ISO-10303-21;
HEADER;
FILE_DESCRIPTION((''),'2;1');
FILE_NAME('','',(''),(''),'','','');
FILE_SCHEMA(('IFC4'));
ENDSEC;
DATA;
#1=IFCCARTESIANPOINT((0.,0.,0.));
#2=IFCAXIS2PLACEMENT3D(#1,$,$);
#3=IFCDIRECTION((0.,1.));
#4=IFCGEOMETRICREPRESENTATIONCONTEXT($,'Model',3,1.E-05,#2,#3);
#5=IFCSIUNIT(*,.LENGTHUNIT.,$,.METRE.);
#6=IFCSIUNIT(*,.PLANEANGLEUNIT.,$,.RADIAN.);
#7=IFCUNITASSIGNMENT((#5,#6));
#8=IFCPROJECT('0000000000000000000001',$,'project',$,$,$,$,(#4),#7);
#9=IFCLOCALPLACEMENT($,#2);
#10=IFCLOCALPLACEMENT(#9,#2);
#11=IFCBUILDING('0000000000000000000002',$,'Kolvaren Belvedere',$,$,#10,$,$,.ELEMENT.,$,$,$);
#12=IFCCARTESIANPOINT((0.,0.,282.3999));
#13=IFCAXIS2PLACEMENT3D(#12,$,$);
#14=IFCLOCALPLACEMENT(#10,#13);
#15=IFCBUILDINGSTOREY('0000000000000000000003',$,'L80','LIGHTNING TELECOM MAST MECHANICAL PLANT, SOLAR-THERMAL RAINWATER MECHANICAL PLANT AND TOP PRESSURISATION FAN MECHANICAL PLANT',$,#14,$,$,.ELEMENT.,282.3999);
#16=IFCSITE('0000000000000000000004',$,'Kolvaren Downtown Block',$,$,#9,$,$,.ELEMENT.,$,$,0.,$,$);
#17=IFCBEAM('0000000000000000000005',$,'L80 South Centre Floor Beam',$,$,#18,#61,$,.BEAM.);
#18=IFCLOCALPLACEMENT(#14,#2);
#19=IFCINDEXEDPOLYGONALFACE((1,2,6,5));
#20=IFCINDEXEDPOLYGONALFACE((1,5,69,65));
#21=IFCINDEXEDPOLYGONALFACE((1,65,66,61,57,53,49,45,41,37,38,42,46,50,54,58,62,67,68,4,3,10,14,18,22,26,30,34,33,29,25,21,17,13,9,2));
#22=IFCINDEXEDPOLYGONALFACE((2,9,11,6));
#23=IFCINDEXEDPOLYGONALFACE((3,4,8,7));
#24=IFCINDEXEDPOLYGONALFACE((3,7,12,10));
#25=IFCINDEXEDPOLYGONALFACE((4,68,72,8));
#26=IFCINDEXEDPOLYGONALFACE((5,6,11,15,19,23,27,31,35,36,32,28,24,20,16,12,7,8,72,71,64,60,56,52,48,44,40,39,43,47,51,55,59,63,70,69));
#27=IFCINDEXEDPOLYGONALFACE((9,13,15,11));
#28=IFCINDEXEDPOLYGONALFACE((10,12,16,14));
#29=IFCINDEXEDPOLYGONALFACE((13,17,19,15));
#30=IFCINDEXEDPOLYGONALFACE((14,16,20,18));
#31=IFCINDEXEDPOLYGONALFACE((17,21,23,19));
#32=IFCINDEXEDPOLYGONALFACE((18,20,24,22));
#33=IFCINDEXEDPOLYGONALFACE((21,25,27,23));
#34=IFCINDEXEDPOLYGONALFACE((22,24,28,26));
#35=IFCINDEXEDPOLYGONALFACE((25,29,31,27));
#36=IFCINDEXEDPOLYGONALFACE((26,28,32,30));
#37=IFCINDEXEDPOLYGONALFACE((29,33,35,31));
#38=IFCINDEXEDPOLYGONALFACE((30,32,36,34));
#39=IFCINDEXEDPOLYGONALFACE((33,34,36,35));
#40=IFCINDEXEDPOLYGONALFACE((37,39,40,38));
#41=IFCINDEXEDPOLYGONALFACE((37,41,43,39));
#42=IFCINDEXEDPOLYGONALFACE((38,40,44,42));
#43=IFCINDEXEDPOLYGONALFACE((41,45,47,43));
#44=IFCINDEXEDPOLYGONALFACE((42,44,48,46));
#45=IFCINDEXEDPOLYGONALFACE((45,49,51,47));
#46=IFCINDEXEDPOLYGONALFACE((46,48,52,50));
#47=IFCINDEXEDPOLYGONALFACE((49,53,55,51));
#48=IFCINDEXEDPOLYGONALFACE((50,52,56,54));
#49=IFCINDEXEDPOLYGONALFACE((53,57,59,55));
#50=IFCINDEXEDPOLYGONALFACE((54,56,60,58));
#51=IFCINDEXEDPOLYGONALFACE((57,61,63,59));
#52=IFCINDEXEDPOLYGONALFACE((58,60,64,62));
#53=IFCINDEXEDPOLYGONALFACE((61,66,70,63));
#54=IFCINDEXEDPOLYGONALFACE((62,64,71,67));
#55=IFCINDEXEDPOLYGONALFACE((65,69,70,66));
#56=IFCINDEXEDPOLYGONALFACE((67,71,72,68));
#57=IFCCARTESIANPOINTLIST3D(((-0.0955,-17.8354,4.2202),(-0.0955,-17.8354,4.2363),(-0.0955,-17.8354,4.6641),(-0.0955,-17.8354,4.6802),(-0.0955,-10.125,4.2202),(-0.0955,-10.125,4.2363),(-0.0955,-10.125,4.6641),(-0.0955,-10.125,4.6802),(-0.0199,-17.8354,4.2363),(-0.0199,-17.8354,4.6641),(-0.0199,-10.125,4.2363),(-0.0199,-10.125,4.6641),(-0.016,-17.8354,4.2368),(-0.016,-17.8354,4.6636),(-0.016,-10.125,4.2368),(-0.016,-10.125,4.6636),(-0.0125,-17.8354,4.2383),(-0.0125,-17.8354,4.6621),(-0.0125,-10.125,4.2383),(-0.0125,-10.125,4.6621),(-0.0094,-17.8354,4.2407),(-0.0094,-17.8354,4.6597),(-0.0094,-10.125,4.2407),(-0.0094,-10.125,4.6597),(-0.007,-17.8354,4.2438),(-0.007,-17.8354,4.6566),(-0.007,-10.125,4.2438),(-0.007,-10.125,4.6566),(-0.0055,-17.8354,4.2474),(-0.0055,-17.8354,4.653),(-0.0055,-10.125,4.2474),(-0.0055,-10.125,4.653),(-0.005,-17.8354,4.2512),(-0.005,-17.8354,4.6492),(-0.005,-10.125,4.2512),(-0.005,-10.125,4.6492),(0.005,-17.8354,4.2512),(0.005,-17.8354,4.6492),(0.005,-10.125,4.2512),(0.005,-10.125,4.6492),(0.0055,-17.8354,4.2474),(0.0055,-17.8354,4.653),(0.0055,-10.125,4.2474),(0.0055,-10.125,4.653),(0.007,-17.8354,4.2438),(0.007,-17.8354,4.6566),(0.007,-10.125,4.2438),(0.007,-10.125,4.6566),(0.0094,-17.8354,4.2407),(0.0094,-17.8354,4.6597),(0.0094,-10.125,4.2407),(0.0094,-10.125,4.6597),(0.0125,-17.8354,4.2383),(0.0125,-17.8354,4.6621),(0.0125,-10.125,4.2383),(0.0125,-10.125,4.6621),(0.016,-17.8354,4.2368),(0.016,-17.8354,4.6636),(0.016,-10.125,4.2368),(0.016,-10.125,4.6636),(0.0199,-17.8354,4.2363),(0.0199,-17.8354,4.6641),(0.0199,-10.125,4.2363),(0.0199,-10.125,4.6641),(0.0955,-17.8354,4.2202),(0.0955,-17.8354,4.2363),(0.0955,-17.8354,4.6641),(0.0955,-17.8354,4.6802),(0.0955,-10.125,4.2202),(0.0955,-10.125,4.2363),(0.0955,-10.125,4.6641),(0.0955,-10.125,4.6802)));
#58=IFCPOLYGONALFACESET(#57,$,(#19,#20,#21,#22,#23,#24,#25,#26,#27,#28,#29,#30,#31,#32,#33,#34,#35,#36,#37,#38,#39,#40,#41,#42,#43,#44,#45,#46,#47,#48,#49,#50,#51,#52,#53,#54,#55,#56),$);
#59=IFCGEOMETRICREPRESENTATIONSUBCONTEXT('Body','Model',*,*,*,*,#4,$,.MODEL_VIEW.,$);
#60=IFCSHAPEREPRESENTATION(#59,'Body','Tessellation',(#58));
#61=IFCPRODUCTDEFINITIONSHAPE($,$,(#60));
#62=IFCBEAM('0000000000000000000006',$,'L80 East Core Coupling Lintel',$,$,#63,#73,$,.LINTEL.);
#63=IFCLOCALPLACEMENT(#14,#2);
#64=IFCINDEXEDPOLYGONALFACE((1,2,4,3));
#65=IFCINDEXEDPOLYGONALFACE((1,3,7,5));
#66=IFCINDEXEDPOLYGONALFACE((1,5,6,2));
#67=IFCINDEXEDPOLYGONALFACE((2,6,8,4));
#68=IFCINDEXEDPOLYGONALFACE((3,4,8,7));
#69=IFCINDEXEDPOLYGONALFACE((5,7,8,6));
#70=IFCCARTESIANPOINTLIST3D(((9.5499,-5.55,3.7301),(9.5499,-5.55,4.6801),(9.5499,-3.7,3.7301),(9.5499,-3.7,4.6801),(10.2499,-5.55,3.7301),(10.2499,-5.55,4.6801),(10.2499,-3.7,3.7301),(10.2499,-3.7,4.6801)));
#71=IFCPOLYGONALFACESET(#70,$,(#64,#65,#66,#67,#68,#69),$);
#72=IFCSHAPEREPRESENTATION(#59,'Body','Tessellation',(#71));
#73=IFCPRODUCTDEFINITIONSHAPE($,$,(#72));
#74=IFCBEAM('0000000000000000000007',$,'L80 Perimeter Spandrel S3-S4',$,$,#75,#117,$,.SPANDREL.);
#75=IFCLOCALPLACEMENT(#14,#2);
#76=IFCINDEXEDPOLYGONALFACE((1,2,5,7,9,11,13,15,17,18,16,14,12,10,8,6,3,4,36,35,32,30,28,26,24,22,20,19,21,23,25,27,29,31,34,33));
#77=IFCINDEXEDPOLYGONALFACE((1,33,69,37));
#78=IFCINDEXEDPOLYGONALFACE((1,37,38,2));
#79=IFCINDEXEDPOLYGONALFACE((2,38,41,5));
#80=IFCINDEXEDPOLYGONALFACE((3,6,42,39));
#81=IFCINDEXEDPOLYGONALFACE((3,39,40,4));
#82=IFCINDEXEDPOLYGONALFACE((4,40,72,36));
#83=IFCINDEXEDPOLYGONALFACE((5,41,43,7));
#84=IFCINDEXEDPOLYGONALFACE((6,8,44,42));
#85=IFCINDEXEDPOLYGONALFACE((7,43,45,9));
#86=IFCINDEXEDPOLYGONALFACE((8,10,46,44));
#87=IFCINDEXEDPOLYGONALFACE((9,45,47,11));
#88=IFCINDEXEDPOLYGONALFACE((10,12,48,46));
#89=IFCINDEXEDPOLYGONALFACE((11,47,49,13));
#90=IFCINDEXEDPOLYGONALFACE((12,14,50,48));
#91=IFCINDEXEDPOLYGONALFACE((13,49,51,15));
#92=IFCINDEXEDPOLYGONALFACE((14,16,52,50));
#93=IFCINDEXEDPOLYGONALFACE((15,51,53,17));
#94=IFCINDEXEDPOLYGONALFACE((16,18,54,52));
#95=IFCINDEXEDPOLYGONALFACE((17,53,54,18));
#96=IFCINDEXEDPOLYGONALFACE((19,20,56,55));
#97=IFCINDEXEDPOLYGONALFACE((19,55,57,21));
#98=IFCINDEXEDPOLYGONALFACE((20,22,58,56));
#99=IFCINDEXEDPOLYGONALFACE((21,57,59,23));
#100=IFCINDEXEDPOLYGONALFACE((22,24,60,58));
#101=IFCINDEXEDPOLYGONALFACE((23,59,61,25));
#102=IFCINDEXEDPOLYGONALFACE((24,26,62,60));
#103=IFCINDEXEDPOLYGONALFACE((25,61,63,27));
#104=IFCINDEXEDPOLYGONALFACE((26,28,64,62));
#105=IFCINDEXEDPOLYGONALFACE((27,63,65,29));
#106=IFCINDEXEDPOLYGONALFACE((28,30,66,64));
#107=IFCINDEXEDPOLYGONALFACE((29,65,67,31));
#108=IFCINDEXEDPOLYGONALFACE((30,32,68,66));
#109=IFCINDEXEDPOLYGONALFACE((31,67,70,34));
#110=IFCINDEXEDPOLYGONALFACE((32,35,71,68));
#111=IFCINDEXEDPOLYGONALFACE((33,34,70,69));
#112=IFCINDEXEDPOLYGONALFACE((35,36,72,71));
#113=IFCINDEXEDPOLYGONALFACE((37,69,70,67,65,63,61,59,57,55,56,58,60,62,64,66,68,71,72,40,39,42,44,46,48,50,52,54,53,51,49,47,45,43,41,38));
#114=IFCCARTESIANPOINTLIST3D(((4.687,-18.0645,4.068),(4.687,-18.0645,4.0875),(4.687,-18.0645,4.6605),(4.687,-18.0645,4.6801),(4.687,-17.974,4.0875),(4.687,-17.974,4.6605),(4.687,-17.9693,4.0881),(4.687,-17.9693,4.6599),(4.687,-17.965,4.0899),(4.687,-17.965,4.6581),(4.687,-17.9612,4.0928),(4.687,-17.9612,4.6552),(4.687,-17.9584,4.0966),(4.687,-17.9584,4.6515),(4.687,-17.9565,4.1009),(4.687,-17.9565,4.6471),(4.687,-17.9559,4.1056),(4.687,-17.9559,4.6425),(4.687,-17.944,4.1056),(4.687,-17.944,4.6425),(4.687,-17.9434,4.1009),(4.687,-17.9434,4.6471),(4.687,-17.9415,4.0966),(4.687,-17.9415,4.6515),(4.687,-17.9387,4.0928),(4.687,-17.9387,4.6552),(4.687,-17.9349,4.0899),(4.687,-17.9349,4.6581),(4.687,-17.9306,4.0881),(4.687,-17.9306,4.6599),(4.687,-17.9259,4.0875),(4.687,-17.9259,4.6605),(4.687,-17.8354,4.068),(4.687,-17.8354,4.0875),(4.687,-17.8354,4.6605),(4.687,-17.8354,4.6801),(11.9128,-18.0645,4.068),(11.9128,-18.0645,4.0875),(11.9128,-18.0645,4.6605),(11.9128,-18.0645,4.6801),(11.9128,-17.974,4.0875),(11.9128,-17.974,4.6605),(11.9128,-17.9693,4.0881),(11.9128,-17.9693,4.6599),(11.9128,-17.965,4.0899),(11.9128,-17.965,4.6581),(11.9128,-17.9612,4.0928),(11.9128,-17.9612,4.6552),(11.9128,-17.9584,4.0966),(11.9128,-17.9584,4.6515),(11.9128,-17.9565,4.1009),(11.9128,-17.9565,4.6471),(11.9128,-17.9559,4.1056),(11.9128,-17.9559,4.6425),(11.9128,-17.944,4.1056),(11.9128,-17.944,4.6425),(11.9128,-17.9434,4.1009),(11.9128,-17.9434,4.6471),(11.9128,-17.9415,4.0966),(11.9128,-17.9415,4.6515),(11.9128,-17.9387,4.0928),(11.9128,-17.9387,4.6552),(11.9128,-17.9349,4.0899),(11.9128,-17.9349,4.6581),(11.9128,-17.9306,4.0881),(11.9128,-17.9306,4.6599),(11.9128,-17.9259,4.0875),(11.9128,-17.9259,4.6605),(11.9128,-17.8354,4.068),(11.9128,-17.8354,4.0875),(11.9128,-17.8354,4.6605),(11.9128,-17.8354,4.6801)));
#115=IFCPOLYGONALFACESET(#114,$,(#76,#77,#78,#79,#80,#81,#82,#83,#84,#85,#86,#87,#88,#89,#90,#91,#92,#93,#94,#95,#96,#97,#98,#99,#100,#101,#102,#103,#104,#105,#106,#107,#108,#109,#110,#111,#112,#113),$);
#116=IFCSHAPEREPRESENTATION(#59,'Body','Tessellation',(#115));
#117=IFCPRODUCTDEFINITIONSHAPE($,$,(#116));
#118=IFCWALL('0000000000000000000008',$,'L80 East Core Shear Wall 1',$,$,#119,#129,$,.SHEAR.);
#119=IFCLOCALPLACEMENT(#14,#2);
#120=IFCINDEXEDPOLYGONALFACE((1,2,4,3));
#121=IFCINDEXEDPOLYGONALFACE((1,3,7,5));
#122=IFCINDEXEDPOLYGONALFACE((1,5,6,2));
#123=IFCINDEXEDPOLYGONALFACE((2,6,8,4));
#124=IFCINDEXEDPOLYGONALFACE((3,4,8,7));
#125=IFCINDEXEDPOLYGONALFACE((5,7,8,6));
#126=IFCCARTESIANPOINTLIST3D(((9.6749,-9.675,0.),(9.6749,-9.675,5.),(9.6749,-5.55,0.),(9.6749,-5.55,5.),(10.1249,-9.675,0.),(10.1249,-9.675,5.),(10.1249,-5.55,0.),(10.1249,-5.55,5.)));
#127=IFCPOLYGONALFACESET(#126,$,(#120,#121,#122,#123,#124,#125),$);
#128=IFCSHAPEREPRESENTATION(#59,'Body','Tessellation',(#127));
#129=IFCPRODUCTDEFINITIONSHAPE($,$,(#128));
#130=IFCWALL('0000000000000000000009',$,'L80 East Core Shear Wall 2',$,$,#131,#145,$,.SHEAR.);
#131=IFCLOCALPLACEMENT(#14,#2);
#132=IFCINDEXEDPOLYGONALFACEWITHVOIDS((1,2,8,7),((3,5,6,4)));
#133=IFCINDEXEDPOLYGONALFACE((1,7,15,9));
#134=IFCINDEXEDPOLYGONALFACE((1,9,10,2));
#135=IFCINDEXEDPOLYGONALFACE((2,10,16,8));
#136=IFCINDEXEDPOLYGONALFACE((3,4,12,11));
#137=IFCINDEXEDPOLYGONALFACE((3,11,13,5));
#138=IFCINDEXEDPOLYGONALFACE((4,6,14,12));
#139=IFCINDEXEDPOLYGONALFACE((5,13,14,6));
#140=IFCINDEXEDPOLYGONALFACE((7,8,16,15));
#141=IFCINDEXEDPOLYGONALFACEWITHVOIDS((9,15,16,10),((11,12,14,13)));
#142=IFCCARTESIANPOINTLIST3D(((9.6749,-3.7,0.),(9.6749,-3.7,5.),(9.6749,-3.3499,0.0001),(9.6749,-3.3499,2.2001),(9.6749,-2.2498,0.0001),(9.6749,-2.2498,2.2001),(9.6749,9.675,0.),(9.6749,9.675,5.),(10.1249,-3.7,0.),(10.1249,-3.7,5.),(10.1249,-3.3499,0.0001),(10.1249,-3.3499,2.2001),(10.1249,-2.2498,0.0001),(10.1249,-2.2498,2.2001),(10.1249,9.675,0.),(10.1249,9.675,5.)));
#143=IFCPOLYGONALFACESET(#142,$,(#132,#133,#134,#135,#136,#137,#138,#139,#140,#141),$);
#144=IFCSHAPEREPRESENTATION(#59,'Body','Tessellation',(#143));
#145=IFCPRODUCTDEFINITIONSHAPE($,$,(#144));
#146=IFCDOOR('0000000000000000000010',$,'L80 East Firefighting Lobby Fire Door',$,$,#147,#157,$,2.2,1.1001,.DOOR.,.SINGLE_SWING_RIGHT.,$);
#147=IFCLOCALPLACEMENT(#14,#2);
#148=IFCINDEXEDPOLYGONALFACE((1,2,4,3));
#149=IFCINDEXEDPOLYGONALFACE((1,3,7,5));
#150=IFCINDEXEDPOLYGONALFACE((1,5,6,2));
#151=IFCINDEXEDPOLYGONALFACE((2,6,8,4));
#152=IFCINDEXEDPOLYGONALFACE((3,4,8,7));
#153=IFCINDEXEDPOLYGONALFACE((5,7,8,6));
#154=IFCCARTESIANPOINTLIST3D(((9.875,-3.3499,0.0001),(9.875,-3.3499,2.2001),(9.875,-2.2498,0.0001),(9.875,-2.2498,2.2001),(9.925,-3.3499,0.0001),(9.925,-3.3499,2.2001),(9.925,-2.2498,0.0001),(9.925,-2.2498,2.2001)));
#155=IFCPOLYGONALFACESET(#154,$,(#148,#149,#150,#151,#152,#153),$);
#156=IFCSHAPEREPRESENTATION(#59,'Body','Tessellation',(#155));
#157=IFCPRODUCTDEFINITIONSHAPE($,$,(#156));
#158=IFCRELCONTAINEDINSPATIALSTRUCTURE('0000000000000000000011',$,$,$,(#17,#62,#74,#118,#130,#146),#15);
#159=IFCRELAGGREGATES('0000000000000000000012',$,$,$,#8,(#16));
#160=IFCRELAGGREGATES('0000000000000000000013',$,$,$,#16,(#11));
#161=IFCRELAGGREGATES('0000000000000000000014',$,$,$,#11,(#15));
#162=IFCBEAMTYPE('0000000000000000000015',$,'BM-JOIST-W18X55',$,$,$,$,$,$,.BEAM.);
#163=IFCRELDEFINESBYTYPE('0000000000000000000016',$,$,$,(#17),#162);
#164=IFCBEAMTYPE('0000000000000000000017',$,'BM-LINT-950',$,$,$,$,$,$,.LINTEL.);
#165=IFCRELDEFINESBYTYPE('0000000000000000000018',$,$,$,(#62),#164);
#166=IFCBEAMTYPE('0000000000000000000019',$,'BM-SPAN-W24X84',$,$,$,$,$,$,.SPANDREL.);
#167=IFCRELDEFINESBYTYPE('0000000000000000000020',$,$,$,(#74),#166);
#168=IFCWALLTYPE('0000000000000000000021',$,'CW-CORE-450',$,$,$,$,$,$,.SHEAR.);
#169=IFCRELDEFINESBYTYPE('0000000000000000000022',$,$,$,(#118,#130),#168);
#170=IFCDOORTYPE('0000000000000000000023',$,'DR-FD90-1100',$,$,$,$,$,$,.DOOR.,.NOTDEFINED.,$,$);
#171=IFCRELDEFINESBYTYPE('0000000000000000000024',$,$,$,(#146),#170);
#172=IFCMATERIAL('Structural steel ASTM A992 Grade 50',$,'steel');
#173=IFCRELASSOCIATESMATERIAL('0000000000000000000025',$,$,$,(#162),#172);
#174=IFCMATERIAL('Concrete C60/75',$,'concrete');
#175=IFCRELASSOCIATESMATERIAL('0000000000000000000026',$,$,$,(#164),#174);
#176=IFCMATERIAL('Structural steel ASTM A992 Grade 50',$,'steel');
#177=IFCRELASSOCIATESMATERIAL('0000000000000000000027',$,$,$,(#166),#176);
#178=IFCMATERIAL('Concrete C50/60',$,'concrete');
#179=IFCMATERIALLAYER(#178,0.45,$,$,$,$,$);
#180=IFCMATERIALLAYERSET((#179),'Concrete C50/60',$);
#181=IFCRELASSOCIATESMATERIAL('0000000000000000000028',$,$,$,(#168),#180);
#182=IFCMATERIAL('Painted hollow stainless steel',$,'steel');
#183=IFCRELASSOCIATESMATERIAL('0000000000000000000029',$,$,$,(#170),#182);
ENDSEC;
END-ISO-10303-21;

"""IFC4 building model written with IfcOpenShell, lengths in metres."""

from ifc_helpers import new_model, si_unit, direction, frame, frame_2d, origin, origin_2d, place, context, subcontext, project, spatial, rectangle, i_section, extrude, material, layer, layer_set, material_profile, profile_set, type_object, element, fill, save


model = new_model("IFC4")

# Units and contexts
model_context = context("Model", 3, precision=1e-05, world=origin(), true_north=direction((0.0, 1.0)))
body_context = subcontext(model_context, "Body", "Model", "MODEL_VIEW")
ifc_project = project(units=[si_unit("LENGTHUNIT", "METRE"), si_unit("PLANEANGLEUNIT", "RADIAN")], contexts=[model_context])

# Site, building, storey
site_placement = place(None, origin())
site = spatial("IfcSite", under=ifc_project, at=site_placement, Name="Kolvaren Downtown Block", CompositionType="ELEMENT", RefElevation=0.0)
building_placement = place(site_placement, origin())
building = spatial("IfcBuilding", under=site, at=building_placement, Name="Kolvaren Belvedere", CompositionType="ELEMENT")
storey_placement = place(building_placement, frame((0.0, 0.0, 282.3999)))
storey = spatial("IfcBuildingStorey", under=building, at=storey_placement, Name="L80", Description="LIGHTNING TELECOM MAST MECHANICAL PLANT, SOLAR-THERMAL RAINWATER MECHANICAL PLANT AND TOP PRESSURISATION FAN MECHANICAL PLANT", CompositionType="ELEMENT", Elevation=282.3999)

# Beams
ifc_material_1 = material(Name="Structural steel ASTM A992 Grade 50", Category="steel")
ifc_material_profile_1 = material_profile(ifc_material_1, i_section(OverallWidth=0.1909, OverallDepth=0.46, WebThickness=0.01, FlangeThickness=0.0161, FilletRadius=0.0149, at=origin_2d()), Name="W18X55")
ifc_profile_set_1 = profile_set([ifc_material_profile_1], Name="Structural steel ASTM A992 Grade 50")
beam_type_1 = type_object("IfcBeamType", Name="BM-JOIST-W18X55", PredefinedType="BEAM", material=ifc_profile_set_1)
beam_1_placement = place(storey_placement, frame((0.0, -10.125, 4.4502), z_axis=(0.0, -1.0, 0.0), x_axis=(1.0, 0.0, 0.0)))
element("IfcBeam", 1, at=beam_1_placement, inside=storey, type_object=beam_type_1, Name="L80 South Centre Floor Beam", PredefinedType="BEAM", context=body_context, shape_type="SweptSolid", body=[
    extrude(i_section(OverallWidth=0.1909, OverallDepth=0.46, WebThickness=0.01, FlangeThickness=0.0161, FilletRadius=0.0149, at=origin_2d()), origin(), (0.0, 0.0, 1.0), 7.7104),
])
ifc_material_2 = material(Name="Concrete C60/75", Category="concrete")
ifc_material_profile_2 = material_profile(ifc_material_2, rectangle(XDim=0.7, YDim=0.95, at=origin_2d()), Name="RC 700X950")
ifc_profile_set_2 = profile_set([ifc_material_profile_2], Name="Concrete C60/75")
beam_type_2 = type_object("IfcBeamType", Name="BM-LINT-950", PredefinedType="LINTEL", material=ifc_profile_set_2)
beam_2_placement = place(storey_placement, frame((9.8999, -5.55, 4.2051), z_axis=(0.0, 1.0, 0.0), x_axis=(-1.0, 0.0, 0.0)))
element("IfcBeam", 2, at=beam_2_placement, inside=storey, type_object=beam_type_2, Name="L80 East Core Coupling Lintel", PredefinedType="LINTEL", context=body_context, shape_type="SweptSolid", body=[
    extrude(rectangle(XDim=0.7, YDim=0.95, at=origin_2d()), origin(), (0.0, 0.0, 1.0), 1.8501),
])
ifc_material_3 = material(Name="Structural steel ASTM A992 Grade 50", Category="steel")
ifc_material_profile_3 = material_profile(ifc_material_3, i_section(OverallWidth=0.229, OverallDepth=0.6121, WebThickness=0.012, FlangeThickness=0.0195, FilletRadius=0.0181, at=origin_2d()), Name="W24X84")
ifc_profile_set_3 = profile_set([ifc_material_profile_3], Name="Structural steel ASTM A992 Grade 50")
beam_type_3 = type_object("IfcBeamType", Name="BM-SPAN-W24X84", PredefinedType="SPANDREL", material=ifc_profile_set_3)
beam_3_placement = place(storey_placement, frame((4.687, -17.95, 4.374), z_axis=(1.0, 0.0, 0.0), x_axis=(0.0, 1.0, 0.0)))
element("IfcBeam", 3, at=beam_3_placement, inside=storey, type_object=beam_type_3, Name="L80 Perimeter Spandrel S3-S4", PredefinedType="SPANDREL", context=body_context, shape_type="SweptSolid", body=[
    extrude(i_section(OverallWidth=0.229, OverallDepth=0.6121, WebThickness=0.012, FlangeThickness=0.0195, FilletRadius=0.0181, at=origin_2d()), origin(), (0.0, 0.0, 1.0), 7.2258),
])

# Wall
ifc_material_4 = material(Name="Concrete C50/60", Category="concrete")
ifc_layer_1 = layer(ifc_material_4, 0.45)
ifc_layer_set_1 = layer_set([ifc_layer_1], Name="Concrete C50/60")
wall_type_1 = type_object("IfcWallType", Name="CW-CORE-450", PredefinedType="SHEAR", material=ifc_layer_set_1)
wall_1_placement = place(storey_placement, frame((9.8999, -9.675, 0.0), z_axis=(0.0, 0.0, 1.0), x_axis=(0.0, 1.0, 0.0)))
element("IfcWall", 4, at=wall_1_placement, inside=storey, type_object=wall_type_1, Name="L80 East Core Shear Wall 1", PredefinedType="SHEAR", context=body_context, shape_type="SweptSolid", body=[
    extrude(rectangle(XDim=4.125, YDim=0.45, at=frame_2d((2.0625, 0.0))), origin(), (0.0, 0.0, 1.0), 5.0),
])

# Wall, opening, door
wall_2_placement = place(storey_placement, frame((9.8999, -3.7, 0.0), z_axis=(0.0, 0.0, 1.0), x_axis=(0.0, 1.0, 0.0)))
wall_2 = element("IfcWall", 5, at=wall_2_placement, inside=storey, type_object=wall_type_1, Name="L80 East Core Shear Wall 2", PredefinedType="SHEAR", context=body_context, shape_type="SweptSolid", body=[
    extrude(rectangle(XDim=13.375, YDim=0.45, at=frame_2d((6.6875, 0.0))), origin(), (0.0, 0.0, 1.0), 5.0),
])
opening_1_placement = place(wall_2_placement, frame((0.3501, 0.0, 0.0)))
opening_1 = element("IfcOpeningElement", 6, at=opening_1_placement, cuts=wall_2, PredefinedType="OPENING", context=body_context, shape_type="SweptSolid", body=[
    extrude(rectangle(XDim=1.1001, YDim=2.2, at=frame_2d((0.55, 1.1001))), frame((0.0, 0.2349, 0.0), z_axis=(0.0, -1.0, 0.0), x_axis=(1.0, 0.0, 0.0)), (0.0, 0.0, 1.0), 0.47),
])
ifc_material_5 = material(Name="Painted hollow stainless steel", Category="steel")
door_type_1 = type_object("IfcDoorType", Name="DR-FD90-1100", OperationType="NOTDEFINED", PredefinedType="DOOR", material=ifc_material_5)
door_1_placement = place(opening_1_placement, origin())
door_1 = element("IfcDoor", 7, at=door_1_placement, inside=storey, type_object=door_type_1, Name="L80 East Firefighting Lobby Fire Door", OperationType="SINGLE_SWING_RIGHT", OverallHeight=2.2, OverallWidth=1.1001, PredefinedType="DOOR", context=body_context, shape_type="SweptSolid", body=[
    extrude(rectangle(XDim=1.1001, YDim=2.2, at=frame_2d((0.55, 1.1001))), frame((0.0, 0.0249, 0.0), z_axis=(0.0, -1.0, 0.0), x_axis=(1.0, 0.0, 0.0)), (0.0, 0.0, 1.0), 0.05),
])
fill(opening_1, door_1)

save(model, "model.ifc")
